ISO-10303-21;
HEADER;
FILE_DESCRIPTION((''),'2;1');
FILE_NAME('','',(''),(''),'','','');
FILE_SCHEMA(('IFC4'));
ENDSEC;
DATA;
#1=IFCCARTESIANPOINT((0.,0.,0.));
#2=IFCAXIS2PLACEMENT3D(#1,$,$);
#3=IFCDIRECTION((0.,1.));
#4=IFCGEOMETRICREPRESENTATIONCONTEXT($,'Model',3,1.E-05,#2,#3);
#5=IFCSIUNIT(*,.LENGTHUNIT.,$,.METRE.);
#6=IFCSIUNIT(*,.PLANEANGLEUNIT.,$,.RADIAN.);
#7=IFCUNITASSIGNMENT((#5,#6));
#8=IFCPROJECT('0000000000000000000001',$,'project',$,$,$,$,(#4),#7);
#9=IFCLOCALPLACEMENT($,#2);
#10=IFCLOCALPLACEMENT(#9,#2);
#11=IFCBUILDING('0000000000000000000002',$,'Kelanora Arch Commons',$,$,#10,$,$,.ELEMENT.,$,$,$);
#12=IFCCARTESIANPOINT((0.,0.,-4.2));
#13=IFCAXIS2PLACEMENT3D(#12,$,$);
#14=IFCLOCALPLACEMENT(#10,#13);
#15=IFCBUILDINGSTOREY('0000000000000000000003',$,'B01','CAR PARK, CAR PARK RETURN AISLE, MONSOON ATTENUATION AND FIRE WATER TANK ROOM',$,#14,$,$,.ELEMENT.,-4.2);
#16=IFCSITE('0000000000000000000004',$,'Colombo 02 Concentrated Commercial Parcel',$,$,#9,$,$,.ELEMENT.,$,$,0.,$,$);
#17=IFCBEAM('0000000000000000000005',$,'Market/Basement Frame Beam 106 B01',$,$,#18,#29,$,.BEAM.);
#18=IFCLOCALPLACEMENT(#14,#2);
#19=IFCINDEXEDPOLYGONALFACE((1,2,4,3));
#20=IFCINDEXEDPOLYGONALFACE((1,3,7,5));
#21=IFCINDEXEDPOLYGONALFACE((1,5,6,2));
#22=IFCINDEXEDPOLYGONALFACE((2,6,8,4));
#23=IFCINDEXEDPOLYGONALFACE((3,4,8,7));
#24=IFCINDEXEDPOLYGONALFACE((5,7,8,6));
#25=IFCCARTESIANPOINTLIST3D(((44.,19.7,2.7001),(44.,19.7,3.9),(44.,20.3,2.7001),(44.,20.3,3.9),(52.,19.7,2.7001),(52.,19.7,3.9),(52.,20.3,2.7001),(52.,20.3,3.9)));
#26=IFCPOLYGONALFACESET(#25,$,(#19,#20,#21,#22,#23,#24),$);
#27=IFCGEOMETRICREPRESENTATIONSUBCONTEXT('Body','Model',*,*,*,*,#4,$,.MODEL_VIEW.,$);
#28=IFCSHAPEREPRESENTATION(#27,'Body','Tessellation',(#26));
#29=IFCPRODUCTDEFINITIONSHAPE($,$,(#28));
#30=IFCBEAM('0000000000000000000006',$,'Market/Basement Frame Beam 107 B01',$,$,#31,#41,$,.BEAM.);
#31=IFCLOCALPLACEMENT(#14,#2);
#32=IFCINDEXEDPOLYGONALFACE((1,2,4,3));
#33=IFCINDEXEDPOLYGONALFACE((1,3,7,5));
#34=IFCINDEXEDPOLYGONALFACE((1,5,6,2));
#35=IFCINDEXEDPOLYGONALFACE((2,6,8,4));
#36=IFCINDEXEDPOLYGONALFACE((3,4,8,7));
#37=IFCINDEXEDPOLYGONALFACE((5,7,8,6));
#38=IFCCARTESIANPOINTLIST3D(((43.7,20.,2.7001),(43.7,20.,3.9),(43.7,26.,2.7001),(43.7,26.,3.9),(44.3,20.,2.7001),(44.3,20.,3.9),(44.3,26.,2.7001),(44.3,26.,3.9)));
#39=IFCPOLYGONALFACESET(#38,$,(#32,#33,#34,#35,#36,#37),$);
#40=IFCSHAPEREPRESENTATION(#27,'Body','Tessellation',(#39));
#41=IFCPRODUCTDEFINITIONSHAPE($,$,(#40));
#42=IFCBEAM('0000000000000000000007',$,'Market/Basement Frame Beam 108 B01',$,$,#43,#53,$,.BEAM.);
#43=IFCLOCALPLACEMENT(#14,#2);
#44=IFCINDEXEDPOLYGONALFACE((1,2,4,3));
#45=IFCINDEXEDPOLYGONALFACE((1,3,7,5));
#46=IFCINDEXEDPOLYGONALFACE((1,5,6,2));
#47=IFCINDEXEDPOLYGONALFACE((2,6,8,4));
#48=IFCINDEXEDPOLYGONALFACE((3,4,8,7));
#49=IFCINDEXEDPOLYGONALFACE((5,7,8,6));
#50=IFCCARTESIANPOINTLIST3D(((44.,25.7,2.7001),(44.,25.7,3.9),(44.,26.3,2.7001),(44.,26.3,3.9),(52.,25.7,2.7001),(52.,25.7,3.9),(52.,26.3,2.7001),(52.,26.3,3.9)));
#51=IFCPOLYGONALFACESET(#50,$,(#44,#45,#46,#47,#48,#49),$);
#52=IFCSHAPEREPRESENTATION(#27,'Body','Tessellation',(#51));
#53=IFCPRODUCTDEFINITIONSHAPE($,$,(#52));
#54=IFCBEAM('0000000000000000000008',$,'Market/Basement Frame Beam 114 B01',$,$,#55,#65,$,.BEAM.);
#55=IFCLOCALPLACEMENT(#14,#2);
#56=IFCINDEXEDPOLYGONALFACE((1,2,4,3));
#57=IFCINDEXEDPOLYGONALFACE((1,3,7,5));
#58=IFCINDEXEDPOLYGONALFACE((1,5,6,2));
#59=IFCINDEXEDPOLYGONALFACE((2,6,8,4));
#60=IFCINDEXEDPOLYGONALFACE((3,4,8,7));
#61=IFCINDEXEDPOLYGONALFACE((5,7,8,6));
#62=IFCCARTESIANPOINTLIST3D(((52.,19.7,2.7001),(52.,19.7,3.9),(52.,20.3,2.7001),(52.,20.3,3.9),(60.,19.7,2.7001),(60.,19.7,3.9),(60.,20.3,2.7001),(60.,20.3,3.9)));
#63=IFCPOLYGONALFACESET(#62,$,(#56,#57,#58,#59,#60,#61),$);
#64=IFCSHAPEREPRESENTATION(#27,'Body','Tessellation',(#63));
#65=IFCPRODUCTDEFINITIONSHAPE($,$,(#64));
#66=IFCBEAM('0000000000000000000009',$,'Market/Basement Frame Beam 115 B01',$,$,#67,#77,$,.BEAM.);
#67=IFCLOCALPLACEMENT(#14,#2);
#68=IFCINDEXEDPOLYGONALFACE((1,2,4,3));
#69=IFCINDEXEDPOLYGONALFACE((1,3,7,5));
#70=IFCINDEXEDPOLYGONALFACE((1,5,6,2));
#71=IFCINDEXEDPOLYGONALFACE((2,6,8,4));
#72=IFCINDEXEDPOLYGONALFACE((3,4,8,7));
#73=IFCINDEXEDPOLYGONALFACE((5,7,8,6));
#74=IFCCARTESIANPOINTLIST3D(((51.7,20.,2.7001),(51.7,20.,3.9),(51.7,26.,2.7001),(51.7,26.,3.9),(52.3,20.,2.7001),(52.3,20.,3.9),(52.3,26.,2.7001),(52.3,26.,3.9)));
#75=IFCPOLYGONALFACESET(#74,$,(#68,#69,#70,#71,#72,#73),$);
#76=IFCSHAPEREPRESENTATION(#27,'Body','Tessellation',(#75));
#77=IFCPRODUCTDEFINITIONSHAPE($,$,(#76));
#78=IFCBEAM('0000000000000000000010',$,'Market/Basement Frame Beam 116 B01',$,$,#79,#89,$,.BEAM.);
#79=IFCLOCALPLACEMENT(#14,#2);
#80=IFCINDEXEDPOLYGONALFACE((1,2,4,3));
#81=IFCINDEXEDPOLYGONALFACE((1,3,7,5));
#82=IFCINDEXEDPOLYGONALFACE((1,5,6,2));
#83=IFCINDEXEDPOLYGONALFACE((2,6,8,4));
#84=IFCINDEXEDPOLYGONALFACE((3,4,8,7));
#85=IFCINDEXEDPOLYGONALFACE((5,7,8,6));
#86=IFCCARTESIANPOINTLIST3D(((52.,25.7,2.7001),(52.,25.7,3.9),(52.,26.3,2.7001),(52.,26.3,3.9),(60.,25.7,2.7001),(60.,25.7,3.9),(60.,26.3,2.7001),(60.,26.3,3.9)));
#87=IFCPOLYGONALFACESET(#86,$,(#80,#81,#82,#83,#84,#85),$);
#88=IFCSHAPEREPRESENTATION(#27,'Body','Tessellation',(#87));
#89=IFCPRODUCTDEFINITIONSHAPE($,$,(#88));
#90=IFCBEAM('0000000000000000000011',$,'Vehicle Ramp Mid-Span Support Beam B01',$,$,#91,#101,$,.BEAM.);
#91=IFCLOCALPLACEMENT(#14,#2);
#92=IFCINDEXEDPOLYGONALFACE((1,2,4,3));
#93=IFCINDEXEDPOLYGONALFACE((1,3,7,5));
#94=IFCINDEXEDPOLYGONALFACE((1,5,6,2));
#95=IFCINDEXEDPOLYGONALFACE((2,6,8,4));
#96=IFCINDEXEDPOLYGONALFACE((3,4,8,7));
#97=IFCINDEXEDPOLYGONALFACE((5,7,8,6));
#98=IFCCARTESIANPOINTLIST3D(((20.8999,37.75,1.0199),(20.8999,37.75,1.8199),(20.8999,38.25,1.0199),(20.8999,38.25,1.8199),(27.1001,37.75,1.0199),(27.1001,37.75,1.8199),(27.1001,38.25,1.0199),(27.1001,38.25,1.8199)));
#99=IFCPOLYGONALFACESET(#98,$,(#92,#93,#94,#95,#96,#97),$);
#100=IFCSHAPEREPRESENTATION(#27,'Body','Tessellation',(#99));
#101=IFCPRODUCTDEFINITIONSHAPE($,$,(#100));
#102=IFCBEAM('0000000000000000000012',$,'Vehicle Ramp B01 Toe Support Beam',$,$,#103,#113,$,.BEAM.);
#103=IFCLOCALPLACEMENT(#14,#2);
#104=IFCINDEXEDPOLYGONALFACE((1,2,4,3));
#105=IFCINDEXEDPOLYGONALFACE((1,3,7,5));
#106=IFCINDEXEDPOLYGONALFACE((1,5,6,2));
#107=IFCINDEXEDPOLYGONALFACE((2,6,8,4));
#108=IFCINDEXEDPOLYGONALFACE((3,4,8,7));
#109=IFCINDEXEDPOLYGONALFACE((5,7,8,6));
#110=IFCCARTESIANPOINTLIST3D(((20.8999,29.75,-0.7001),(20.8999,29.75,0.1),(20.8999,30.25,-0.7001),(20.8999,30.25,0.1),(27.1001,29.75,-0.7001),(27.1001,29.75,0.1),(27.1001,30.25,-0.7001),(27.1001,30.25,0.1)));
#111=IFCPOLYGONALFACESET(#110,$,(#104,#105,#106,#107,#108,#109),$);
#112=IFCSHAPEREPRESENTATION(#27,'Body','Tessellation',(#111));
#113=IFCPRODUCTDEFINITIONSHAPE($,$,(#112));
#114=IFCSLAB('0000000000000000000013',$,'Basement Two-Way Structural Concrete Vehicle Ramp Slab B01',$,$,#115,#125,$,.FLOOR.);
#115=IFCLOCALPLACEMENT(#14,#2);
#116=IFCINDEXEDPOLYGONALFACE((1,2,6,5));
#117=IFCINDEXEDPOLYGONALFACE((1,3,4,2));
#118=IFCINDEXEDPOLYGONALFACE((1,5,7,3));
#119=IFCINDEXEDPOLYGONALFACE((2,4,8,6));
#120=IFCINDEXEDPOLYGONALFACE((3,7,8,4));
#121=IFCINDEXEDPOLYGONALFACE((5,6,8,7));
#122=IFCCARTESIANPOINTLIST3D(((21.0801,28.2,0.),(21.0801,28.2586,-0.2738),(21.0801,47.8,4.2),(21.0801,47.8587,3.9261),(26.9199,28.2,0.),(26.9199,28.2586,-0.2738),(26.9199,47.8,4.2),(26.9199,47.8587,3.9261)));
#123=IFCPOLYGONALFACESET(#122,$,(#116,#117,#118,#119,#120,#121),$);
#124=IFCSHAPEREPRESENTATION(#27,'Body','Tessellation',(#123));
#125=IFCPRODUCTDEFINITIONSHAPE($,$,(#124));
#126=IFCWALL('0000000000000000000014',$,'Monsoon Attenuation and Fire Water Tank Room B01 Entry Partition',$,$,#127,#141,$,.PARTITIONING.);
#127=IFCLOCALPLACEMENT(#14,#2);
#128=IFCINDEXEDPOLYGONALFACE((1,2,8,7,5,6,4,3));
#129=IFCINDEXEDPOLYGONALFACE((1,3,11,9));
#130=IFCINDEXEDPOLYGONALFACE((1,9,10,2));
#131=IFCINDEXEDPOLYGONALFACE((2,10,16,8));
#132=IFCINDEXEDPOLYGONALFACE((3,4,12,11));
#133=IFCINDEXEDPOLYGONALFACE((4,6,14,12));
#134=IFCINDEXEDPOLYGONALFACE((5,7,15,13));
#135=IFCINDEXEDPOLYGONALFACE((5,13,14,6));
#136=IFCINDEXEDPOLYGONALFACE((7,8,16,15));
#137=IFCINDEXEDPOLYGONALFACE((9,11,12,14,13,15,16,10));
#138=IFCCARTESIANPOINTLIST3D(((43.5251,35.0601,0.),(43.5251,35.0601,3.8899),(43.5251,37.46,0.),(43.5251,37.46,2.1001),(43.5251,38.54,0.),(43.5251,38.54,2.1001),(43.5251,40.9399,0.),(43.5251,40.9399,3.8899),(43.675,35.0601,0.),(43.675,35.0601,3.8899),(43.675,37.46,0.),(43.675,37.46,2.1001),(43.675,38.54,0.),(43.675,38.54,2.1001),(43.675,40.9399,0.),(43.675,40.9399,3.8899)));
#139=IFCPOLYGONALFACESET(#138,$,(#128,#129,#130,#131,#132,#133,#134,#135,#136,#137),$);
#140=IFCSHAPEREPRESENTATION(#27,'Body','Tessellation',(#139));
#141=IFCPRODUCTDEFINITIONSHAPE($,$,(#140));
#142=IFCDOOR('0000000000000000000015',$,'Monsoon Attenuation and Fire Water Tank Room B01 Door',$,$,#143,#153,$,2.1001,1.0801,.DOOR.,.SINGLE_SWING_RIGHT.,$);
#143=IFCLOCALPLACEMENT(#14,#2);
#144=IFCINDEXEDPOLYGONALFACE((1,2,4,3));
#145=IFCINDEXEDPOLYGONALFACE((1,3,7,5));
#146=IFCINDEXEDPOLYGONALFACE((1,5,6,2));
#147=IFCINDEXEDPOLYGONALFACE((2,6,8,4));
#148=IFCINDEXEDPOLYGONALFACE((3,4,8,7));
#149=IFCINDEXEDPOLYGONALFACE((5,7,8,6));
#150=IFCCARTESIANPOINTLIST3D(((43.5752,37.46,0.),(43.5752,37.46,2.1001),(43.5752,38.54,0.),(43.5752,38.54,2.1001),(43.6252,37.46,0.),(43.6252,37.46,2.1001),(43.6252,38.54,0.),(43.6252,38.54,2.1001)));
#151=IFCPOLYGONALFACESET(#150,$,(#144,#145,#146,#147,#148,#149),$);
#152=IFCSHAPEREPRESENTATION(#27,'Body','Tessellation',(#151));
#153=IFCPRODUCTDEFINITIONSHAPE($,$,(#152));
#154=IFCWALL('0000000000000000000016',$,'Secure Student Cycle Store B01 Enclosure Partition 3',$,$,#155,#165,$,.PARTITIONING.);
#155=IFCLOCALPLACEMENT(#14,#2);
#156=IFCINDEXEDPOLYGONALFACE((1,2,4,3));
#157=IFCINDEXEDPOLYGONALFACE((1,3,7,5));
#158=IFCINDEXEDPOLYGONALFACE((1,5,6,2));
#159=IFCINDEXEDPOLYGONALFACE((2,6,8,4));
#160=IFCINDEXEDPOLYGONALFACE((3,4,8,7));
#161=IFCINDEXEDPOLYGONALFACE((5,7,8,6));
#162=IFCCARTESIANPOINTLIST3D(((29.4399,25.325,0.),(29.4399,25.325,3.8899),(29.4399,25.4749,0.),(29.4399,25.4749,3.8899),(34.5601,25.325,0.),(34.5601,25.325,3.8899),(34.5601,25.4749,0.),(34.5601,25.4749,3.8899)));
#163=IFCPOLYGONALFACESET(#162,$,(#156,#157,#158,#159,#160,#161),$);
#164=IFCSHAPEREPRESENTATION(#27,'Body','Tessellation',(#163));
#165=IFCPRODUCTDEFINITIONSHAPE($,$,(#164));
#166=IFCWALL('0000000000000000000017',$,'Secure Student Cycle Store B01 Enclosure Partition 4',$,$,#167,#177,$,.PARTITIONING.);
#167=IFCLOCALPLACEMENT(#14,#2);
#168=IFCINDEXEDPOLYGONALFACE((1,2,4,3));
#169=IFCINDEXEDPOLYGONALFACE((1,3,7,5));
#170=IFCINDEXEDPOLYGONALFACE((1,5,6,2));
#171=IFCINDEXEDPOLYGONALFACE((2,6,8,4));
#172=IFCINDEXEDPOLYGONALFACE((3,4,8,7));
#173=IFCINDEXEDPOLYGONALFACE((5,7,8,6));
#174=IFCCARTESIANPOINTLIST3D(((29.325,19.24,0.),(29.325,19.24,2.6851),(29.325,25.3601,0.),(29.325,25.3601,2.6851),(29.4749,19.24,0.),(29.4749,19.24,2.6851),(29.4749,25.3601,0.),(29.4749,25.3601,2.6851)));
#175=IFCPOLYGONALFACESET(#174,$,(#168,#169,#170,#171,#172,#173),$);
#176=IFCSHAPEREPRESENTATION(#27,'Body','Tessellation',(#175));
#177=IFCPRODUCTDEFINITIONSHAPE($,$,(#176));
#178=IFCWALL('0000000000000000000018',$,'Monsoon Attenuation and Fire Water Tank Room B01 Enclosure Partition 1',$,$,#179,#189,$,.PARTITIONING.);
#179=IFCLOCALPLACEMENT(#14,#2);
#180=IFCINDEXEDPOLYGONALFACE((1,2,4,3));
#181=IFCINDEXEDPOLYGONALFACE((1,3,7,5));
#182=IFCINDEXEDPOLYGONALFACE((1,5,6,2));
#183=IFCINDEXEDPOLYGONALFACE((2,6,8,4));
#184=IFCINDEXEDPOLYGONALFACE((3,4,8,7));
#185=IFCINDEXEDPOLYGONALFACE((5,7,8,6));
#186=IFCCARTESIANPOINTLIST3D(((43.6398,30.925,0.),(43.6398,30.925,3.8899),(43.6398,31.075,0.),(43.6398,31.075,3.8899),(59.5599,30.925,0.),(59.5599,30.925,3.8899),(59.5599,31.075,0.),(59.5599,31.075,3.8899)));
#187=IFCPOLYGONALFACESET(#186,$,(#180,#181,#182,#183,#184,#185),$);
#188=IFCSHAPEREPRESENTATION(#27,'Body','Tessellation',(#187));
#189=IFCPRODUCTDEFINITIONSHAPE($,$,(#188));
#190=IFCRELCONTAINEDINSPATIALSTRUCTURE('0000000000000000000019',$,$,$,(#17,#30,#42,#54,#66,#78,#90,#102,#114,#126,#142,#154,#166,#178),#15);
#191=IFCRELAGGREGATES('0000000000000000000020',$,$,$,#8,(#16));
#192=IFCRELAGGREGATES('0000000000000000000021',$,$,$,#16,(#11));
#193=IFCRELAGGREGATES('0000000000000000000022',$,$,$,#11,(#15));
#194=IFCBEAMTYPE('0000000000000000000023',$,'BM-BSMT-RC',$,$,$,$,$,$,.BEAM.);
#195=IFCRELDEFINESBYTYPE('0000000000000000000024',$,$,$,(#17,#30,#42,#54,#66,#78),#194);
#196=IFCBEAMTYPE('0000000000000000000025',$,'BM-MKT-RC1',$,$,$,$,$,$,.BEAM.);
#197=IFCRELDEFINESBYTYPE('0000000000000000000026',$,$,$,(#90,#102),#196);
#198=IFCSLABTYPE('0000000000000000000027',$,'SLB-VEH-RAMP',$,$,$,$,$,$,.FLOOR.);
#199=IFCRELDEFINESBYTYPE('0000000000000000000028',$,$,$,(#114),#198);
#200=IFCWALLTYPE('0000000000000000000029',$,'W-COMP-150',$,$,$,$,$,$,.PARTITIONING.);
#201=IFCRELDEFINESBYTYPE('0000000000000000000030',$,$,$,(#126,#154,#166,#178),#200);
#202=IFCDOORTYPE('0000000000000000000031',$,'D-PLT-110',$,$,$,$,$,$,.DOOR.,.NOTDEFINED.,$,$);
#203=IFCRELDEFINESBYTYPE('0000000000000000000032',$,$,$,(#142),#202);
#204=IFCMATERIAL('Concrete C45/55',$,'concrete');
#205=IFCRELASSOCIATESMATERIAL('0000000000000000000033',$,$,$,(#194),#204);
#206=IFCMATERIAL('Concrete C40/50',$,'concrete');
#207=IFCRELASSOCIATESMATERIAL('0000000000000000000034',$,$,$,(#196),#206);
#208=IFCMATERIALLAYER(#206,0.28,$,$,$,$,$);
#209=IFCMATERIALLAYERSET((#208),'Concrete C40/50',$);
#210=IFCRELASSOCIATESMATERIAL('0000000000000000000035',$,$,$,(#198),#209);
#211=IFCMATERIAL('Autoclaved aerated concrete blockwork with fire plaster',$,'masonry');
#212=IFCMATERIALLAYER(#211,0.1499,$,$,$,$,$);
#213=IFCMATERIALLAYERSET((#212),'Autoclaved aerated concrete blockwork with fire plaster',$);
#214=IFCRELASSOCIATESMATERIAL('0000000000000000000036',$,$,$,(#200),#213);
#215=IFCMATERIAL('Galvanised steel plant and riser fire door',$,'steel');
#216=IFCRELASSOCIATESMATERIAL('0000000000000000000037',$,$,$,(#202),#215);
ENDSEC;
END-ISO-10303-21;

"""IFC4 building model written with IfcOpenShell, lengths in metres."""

from ifc_helpers import new_model, si_unit, direction, frame, frame_2d, origin, origin_2d, place, context, subcontext, project, spatial, polyline, rectangle, outline, extrude, material, layer, layer_set, material_profile, profile_set, type_object, element, fill, save


model = new_model("IFC4")

# Units and contexts
model_context = context("Model", 3, precision=1e-05, world=origin(), true_north=direction((0.0, 1.0)))
body_context = subcontext(model_context, "Body", "Model", "MODEL_VIEW")
ifc_project = project(units=[si_unit("LENGTHUNIT", "METRE"), si_unit("PLANEANGLEUNIT", "RADIAN")], contexts=[model_context])

# Site, building, storey
site_placement = place(None, origin())
site = spatial("IfcSite", under=ifc_project, at=site_placement, Name="Colombo 02 Concentrated Commercial Parcel", CompositionType="ELEMENT", RefElevation=0.0)
building_placement = place(site_placement, origin())
building = spatial("IfcBuilding", under=site, at=building_placement, Name="Kelanora Arch Commons", CompositionType="ELEMENT")
storey_placement = place(building_placement, frame((0.0, 0.0, -4.2)))
storey = spatial("IfcBuildingStorey", under=building, at=storey_placement, Name="B01", Description="CAR PARK, CAR PARK RETURN AISLE, MONSOON ATTENUATION AND FIRE WATER TANK ROOM", CompositionType="ELEMENT", Elevation=-4.2)

# Beams
ifc_material_1 = material(Name="Concrete C45/55", Category="concrete")
ifc_material_profile_1 = material_profile(ifc_material_1, rectangle(XDim=0.6001, YDim=1.2, at=origin_2d()), Name="RCB600x1200")
ifc_profile_set_1 = profile_set([ifc_material_profile_1], Name="Concrete C45/55")
beam_type_1 = type_object("IfcBeamType", Name="BM-BSMT-RC", PredefinedType="BEAM", material=ifc_profile_set_1)
for number, where, z_axis, x_axis, name in (
    (1, (44.0, 20.0, 3.3), (1.0, 0.0, 0.0), (0.0, 1.0, 0.0), "Market/Basement Frame Beam 106 B01"),
):
    element("IfcBeam", number, at=place(storey_placement, frame(where, z_axis=z_axis, x_axis=x_axis)), inside=storey, type_object=beam_type_1, Name=name, PredefinedType="BEAM", context=body_context, shape_type="SweptSolid", body=[
        extrude(rectangle(XDim=0.6001, YDim=1.2, at=origin_2d()), origin(), (0.0, 0.0, 1.0), 8.0),
    ])
beam_1_placement = place(storey_placement, frame((44.0, 20.0, 3.3), z_axis=(0.0, 1.0, 0.0), x_axis=(-1.0, 0.0, 0.0)))
element("IfcBeam", 2, at=beam_1_placement, inside=storey, type_object=beam_type_1, Name="Market/Basement Frame Beam 107 B01", PredefinedType="BEAM", context=body_context, shape_type="SweptSolid", body=[
    extrude(rectangle(XDim=0.6001, YDim=1.2, at=origin_2d()), origin(), (0.0, 0.0, 1.0), 6.0),
])
for number, where, z_axis, x_axis, name in (
    (3, (44.0, 26.0, 3.3), (1.0, 0.0, 0.0), (0.0, 1.0, 0.0), "Market/Basement Frame Beam 108 B01"),
    (4, (52.0, 20.0, 3.3), (1.0, 0.0, 0.0), (0.0, 1.0, 0.0), "Market/Basement Frame Beam 114 B01"),
):
    element("IfcBeam", number, at=place(storey_placement, frame(where, z_axis=z_axis, x_axis=x_axis)), inside=storey, type_object=beam_type_1, Name=name, PredefinedType="BEAM", context=body_context, shape_type="SweptSolid", body=[
        extrude(rectangle(XDim=0.6001, YDim=1.2, at=origin_2d()), origin(), (0.0, 0.0, 1.0), 8.0),
    ])
beam_2_placement = place(storey_placement, frame((52.0, 20.0, 3.3), z_axis=(0.0, 1.0, 0.0), x_axis=(-1.0, 0.0, 0.0)))
element("IfcBeam", 5, at=beam_2_placement, inside=storey, type_object=beam_type_1, Name="Market/Basement Frame Beam 115 B01", PredefinedType="BEAM", context=body_context, shape_type="SweptSolid", body=[
    extrude(rectangle(XDim=0.6001, YDim=1.2, at=origin_2d()), origin(), (0.0, 0.0, 1.0), 6.0),
])
beam_3_placement = place(storey_placement, frame((52.0, 26.0, 3.3), z_axis=(1.0, 0.0, 0.0), x_axis=(0.0, 1.0, 0.0)))
element("IfcBeam", 6, at=beam_3_placement, inside=storey, type_object=beam_type_1, Name="Market/Basement Frame Beam 116 B01", PredefinedType="BEAM", context=body_context, shape_type="SweptSolid", body=[
    extrude(rectangle(XDim=0.6001, YDim=1.2, at=origin_2d()), origin(), (0.0, 0.0, 1.0), 8.0),
])
ifc_material_2 = material(Name="Concrete C40/50", Category="concrete")
ifc_material_profile_2 = material_profile(ifc_material_2, rectangle(XDim=0.5, YDim=0.8, at=origin_2d()), Name="RCB500x800")
ifc_profile_set_2 = profile_set([ifc_material_profile_2], Name="Concrete C40/50")
beam_type_2 = type_object("IfcBeamType", Name="BM-MKT-RC1", PredefinedType="BEAM", material=ifc_profile_set_2)
for number, where, z_axis, x_axis, name in (
    (7, (20.8999, 38.0, 1.4199), (1.0, 0.0, 0.0), (0.0, 1.0, 0.0), "Vehicle Ramp Mid-Span Support Beam B01"),
    (8, (20.8999, 30.0, -0.3), (1.0, 0.0, 0.0), (0.0, 1.0, 0.0), "Vehicle Ramp B01 Toe Support Beam"),
):
    element("IfcBeam", number, at=place(storey_placement, frame(where, z_axis=z_axis, x_axis=x_axis)), inside=storey, type_object=beam_type_2, Name=name, PredefinedType="BEAM", context=body_context, shape_type="SweptSolid", body=[
        extrude(rectangle(XDim=0.5, YDim=0.8, at=origin_2d()), origin(), (0.0, 0.0, 1.0), 6.2002),
    ])

# Slab
ifc_layer_1 = layer(ifc_material_2, 0.28)
ifc_layer_set_1 = layer_set([ifc_layer_1], Name="Concrete C40/50")
slab_type = type_object("IfcSlabType", Name="SLB-VEH-RAMP", PredefinedType="FLOOR", material=ifc_layer_set_1)
slab_placement = place(storey_placement, frame((21.0801, 28.2, 0.0), z_axis=(0.0, -0.209526, 0.977803), x_axis=(1.0, 0.0, 0.0)))
element("IfcSlab", 9, at=slab_placement, inside=storey, type_object=slab_type, Name="Basement Two-Way Structural Concrete Vehicle Ramp Slab B01", PredefinedType="FLOOR", context=body_context, shape_type="SweptSolid", body=[
    extrude(outline(polyline([(0.0, 0.0), (5.8398, 0.0), (5.8398, 20.045), (0.0, 20.045), (0.0, 0.0)])), origin(), (0.0, 0.0, -1.0), 0.28),
])

# Wall, opening, door
ifc_material_3 = material(Name="Autoclaved aerated concrete blockwork with fire plaster", Category="masonry")
ifc_layer_2 = layer(ifc_material_3, 0.1499)
ifc_layer_set_2 = layer_set([ifc_layer_2], Name="Autoclaved aerated concrete blockwork with fire plaster")
wall_type = type_object("IfcWallType", Name="W-COMP-150", PredefinedType="PARTITIONING", material=ifc_layer_set_2)
wall_1_placement = place(storey_placement, frame((43.6001, 35.0601, 0.0), z_axis=(0.0, 0.0, 1.0), x_axis=(0.0, 1.0, 0.0)))
wall_1 = element("IfcWall", 10, at=wall_1_placement, inside=storey, type_object=wall_type, Name="Monsoon Attenuation and Fire Water Tank Room B01 Entry Partition", PredefinedType="PARTITIONING", context=body_context, shape_type="SweptSolid", body=[
    extrude(rectangle(XDim=5.8799, YDim=0.1499, at=frame_2d((2.9399, 0.0))), origin(), (0.0, 0.0, 1.0), 3.8899),
])
opening_placement = place(wall_1_placement, frame((2.3999, 0.0, 0.0)))
opening = element("IfcOpeningElement", 11, at=opening_placement, cuts=wall_1, PredefinedType="OPENING", context=body_context, shape_type="SweptSolid", body=[
    extrude(rectangle(XDim=1.0801, YDim=2.1001, at=frame_2d((0.54, 1.05))), frame((0.0, 0.085, 0.0), z_axis=(0.0, -1.0, 0.0), x_axis=(1.0, 0.0, 0.0)), (0.0, 0.0, 1.0), 0.1699),
])
ifc_material_4 = material(Name="Galvanised steel plant and riser fire door", Category="steel")
door_type = type_object("IfcDoorType", Name="D-PLT-110", OperationType="NOTDEFINED", PredefinedType="DOOR", material=ifc_material_4)
door_placement = place(opening_placement, origin())
door = element("IfcDoor", 12, at=door_placement, inside=storey, type_object=door_type, Name="Monsoon Attenuation and Fire Water Tank Room B01 Door", OperationType="SINGLE_SWING_RIGHT", OverallHeight=2.1001, OverallWidth=1.0801, PredefinedType="DOOR", context=body_context, shape_type="SweptSolid", body=[
    extrude(rectangle(XDim=1.0801, YDim=2.1001, at=frame_2d((0.54, 1.05))), frame((0.0, 0.0249, 0.0), z_axis=(0.0, -1.0, 0.0), x_axis=(1.0, 0.0, 0.0)), (0.0, 0.0, 1.0), 0.05),
])
fill(opening, door)

# Walls
wall_2_placement = place(storey_placement, frame((34.5601, 25.3999, 0.0), z_axis=(0.0, 0.0, 1.0), x_axis=(-1.0, 0.0, 0.0)))
element("IfcWall", 13, at=wall_2_placement, inside=storey, type_object=wall_type, Name="Secure Student Cycle Store B01 Enclosure Partition 3", PredefinedType="PARTITIONING", context=body_context, shape_type="SweptSolid", body=[
    extrude(rectangle(XDim=5.1201, YDim=0.1499, at=frame_2d((2.5601, 0.0))), origin(), (0.0, 0.0, 1.0), 3.8899),
])
wall_3_placement = place(storey_placement, frame((29.3999, 25.3601, 0.0), z_axis=(0.0, 0.0, 1.0), x_axis=(0.0, -1.0, 0.0)))
element("IfcWall", 14, at=wall_3_placement, inside=storey, type_object=wall_type, Name="Secure Student Cycle Store B01 Enclosure Partition 4", PredefinedType="PARTITIONING", context=body_context, shape_type="SweptSolid", body=[
    extrude(rectangle(XDim=6.1201, YDim=0.1499, at=frame_2d((3.0601, 0.0))), origin(), (0.0, 0.0, 1.0), 2.6851),
])
wall_4_placement = place(storey_placement, frame((43.6399, 31.0, 0.0), z_axis=(0.0, 0.0, 1.0), x_axis=(1.0, 0.0, 0.0)))
element("IfcWall", 15, at=wall_4_placement, inside=storey, type_object=wall_type, Name="Monsoon Attenuation and Fire Water Tank Room B01 Enclosure Partition 1", PredefinedType="PARTITIONING", context=body_context, shape_type="SweptSolid", body=[
    extrude(rectangle(XDim=15.9202, YDim=0.1499, at=frame_2d((7.96, 0.0))), origin(), (0.0, 0.0, 1.0), 3.8899),
])

save(model, "model.ifc")
